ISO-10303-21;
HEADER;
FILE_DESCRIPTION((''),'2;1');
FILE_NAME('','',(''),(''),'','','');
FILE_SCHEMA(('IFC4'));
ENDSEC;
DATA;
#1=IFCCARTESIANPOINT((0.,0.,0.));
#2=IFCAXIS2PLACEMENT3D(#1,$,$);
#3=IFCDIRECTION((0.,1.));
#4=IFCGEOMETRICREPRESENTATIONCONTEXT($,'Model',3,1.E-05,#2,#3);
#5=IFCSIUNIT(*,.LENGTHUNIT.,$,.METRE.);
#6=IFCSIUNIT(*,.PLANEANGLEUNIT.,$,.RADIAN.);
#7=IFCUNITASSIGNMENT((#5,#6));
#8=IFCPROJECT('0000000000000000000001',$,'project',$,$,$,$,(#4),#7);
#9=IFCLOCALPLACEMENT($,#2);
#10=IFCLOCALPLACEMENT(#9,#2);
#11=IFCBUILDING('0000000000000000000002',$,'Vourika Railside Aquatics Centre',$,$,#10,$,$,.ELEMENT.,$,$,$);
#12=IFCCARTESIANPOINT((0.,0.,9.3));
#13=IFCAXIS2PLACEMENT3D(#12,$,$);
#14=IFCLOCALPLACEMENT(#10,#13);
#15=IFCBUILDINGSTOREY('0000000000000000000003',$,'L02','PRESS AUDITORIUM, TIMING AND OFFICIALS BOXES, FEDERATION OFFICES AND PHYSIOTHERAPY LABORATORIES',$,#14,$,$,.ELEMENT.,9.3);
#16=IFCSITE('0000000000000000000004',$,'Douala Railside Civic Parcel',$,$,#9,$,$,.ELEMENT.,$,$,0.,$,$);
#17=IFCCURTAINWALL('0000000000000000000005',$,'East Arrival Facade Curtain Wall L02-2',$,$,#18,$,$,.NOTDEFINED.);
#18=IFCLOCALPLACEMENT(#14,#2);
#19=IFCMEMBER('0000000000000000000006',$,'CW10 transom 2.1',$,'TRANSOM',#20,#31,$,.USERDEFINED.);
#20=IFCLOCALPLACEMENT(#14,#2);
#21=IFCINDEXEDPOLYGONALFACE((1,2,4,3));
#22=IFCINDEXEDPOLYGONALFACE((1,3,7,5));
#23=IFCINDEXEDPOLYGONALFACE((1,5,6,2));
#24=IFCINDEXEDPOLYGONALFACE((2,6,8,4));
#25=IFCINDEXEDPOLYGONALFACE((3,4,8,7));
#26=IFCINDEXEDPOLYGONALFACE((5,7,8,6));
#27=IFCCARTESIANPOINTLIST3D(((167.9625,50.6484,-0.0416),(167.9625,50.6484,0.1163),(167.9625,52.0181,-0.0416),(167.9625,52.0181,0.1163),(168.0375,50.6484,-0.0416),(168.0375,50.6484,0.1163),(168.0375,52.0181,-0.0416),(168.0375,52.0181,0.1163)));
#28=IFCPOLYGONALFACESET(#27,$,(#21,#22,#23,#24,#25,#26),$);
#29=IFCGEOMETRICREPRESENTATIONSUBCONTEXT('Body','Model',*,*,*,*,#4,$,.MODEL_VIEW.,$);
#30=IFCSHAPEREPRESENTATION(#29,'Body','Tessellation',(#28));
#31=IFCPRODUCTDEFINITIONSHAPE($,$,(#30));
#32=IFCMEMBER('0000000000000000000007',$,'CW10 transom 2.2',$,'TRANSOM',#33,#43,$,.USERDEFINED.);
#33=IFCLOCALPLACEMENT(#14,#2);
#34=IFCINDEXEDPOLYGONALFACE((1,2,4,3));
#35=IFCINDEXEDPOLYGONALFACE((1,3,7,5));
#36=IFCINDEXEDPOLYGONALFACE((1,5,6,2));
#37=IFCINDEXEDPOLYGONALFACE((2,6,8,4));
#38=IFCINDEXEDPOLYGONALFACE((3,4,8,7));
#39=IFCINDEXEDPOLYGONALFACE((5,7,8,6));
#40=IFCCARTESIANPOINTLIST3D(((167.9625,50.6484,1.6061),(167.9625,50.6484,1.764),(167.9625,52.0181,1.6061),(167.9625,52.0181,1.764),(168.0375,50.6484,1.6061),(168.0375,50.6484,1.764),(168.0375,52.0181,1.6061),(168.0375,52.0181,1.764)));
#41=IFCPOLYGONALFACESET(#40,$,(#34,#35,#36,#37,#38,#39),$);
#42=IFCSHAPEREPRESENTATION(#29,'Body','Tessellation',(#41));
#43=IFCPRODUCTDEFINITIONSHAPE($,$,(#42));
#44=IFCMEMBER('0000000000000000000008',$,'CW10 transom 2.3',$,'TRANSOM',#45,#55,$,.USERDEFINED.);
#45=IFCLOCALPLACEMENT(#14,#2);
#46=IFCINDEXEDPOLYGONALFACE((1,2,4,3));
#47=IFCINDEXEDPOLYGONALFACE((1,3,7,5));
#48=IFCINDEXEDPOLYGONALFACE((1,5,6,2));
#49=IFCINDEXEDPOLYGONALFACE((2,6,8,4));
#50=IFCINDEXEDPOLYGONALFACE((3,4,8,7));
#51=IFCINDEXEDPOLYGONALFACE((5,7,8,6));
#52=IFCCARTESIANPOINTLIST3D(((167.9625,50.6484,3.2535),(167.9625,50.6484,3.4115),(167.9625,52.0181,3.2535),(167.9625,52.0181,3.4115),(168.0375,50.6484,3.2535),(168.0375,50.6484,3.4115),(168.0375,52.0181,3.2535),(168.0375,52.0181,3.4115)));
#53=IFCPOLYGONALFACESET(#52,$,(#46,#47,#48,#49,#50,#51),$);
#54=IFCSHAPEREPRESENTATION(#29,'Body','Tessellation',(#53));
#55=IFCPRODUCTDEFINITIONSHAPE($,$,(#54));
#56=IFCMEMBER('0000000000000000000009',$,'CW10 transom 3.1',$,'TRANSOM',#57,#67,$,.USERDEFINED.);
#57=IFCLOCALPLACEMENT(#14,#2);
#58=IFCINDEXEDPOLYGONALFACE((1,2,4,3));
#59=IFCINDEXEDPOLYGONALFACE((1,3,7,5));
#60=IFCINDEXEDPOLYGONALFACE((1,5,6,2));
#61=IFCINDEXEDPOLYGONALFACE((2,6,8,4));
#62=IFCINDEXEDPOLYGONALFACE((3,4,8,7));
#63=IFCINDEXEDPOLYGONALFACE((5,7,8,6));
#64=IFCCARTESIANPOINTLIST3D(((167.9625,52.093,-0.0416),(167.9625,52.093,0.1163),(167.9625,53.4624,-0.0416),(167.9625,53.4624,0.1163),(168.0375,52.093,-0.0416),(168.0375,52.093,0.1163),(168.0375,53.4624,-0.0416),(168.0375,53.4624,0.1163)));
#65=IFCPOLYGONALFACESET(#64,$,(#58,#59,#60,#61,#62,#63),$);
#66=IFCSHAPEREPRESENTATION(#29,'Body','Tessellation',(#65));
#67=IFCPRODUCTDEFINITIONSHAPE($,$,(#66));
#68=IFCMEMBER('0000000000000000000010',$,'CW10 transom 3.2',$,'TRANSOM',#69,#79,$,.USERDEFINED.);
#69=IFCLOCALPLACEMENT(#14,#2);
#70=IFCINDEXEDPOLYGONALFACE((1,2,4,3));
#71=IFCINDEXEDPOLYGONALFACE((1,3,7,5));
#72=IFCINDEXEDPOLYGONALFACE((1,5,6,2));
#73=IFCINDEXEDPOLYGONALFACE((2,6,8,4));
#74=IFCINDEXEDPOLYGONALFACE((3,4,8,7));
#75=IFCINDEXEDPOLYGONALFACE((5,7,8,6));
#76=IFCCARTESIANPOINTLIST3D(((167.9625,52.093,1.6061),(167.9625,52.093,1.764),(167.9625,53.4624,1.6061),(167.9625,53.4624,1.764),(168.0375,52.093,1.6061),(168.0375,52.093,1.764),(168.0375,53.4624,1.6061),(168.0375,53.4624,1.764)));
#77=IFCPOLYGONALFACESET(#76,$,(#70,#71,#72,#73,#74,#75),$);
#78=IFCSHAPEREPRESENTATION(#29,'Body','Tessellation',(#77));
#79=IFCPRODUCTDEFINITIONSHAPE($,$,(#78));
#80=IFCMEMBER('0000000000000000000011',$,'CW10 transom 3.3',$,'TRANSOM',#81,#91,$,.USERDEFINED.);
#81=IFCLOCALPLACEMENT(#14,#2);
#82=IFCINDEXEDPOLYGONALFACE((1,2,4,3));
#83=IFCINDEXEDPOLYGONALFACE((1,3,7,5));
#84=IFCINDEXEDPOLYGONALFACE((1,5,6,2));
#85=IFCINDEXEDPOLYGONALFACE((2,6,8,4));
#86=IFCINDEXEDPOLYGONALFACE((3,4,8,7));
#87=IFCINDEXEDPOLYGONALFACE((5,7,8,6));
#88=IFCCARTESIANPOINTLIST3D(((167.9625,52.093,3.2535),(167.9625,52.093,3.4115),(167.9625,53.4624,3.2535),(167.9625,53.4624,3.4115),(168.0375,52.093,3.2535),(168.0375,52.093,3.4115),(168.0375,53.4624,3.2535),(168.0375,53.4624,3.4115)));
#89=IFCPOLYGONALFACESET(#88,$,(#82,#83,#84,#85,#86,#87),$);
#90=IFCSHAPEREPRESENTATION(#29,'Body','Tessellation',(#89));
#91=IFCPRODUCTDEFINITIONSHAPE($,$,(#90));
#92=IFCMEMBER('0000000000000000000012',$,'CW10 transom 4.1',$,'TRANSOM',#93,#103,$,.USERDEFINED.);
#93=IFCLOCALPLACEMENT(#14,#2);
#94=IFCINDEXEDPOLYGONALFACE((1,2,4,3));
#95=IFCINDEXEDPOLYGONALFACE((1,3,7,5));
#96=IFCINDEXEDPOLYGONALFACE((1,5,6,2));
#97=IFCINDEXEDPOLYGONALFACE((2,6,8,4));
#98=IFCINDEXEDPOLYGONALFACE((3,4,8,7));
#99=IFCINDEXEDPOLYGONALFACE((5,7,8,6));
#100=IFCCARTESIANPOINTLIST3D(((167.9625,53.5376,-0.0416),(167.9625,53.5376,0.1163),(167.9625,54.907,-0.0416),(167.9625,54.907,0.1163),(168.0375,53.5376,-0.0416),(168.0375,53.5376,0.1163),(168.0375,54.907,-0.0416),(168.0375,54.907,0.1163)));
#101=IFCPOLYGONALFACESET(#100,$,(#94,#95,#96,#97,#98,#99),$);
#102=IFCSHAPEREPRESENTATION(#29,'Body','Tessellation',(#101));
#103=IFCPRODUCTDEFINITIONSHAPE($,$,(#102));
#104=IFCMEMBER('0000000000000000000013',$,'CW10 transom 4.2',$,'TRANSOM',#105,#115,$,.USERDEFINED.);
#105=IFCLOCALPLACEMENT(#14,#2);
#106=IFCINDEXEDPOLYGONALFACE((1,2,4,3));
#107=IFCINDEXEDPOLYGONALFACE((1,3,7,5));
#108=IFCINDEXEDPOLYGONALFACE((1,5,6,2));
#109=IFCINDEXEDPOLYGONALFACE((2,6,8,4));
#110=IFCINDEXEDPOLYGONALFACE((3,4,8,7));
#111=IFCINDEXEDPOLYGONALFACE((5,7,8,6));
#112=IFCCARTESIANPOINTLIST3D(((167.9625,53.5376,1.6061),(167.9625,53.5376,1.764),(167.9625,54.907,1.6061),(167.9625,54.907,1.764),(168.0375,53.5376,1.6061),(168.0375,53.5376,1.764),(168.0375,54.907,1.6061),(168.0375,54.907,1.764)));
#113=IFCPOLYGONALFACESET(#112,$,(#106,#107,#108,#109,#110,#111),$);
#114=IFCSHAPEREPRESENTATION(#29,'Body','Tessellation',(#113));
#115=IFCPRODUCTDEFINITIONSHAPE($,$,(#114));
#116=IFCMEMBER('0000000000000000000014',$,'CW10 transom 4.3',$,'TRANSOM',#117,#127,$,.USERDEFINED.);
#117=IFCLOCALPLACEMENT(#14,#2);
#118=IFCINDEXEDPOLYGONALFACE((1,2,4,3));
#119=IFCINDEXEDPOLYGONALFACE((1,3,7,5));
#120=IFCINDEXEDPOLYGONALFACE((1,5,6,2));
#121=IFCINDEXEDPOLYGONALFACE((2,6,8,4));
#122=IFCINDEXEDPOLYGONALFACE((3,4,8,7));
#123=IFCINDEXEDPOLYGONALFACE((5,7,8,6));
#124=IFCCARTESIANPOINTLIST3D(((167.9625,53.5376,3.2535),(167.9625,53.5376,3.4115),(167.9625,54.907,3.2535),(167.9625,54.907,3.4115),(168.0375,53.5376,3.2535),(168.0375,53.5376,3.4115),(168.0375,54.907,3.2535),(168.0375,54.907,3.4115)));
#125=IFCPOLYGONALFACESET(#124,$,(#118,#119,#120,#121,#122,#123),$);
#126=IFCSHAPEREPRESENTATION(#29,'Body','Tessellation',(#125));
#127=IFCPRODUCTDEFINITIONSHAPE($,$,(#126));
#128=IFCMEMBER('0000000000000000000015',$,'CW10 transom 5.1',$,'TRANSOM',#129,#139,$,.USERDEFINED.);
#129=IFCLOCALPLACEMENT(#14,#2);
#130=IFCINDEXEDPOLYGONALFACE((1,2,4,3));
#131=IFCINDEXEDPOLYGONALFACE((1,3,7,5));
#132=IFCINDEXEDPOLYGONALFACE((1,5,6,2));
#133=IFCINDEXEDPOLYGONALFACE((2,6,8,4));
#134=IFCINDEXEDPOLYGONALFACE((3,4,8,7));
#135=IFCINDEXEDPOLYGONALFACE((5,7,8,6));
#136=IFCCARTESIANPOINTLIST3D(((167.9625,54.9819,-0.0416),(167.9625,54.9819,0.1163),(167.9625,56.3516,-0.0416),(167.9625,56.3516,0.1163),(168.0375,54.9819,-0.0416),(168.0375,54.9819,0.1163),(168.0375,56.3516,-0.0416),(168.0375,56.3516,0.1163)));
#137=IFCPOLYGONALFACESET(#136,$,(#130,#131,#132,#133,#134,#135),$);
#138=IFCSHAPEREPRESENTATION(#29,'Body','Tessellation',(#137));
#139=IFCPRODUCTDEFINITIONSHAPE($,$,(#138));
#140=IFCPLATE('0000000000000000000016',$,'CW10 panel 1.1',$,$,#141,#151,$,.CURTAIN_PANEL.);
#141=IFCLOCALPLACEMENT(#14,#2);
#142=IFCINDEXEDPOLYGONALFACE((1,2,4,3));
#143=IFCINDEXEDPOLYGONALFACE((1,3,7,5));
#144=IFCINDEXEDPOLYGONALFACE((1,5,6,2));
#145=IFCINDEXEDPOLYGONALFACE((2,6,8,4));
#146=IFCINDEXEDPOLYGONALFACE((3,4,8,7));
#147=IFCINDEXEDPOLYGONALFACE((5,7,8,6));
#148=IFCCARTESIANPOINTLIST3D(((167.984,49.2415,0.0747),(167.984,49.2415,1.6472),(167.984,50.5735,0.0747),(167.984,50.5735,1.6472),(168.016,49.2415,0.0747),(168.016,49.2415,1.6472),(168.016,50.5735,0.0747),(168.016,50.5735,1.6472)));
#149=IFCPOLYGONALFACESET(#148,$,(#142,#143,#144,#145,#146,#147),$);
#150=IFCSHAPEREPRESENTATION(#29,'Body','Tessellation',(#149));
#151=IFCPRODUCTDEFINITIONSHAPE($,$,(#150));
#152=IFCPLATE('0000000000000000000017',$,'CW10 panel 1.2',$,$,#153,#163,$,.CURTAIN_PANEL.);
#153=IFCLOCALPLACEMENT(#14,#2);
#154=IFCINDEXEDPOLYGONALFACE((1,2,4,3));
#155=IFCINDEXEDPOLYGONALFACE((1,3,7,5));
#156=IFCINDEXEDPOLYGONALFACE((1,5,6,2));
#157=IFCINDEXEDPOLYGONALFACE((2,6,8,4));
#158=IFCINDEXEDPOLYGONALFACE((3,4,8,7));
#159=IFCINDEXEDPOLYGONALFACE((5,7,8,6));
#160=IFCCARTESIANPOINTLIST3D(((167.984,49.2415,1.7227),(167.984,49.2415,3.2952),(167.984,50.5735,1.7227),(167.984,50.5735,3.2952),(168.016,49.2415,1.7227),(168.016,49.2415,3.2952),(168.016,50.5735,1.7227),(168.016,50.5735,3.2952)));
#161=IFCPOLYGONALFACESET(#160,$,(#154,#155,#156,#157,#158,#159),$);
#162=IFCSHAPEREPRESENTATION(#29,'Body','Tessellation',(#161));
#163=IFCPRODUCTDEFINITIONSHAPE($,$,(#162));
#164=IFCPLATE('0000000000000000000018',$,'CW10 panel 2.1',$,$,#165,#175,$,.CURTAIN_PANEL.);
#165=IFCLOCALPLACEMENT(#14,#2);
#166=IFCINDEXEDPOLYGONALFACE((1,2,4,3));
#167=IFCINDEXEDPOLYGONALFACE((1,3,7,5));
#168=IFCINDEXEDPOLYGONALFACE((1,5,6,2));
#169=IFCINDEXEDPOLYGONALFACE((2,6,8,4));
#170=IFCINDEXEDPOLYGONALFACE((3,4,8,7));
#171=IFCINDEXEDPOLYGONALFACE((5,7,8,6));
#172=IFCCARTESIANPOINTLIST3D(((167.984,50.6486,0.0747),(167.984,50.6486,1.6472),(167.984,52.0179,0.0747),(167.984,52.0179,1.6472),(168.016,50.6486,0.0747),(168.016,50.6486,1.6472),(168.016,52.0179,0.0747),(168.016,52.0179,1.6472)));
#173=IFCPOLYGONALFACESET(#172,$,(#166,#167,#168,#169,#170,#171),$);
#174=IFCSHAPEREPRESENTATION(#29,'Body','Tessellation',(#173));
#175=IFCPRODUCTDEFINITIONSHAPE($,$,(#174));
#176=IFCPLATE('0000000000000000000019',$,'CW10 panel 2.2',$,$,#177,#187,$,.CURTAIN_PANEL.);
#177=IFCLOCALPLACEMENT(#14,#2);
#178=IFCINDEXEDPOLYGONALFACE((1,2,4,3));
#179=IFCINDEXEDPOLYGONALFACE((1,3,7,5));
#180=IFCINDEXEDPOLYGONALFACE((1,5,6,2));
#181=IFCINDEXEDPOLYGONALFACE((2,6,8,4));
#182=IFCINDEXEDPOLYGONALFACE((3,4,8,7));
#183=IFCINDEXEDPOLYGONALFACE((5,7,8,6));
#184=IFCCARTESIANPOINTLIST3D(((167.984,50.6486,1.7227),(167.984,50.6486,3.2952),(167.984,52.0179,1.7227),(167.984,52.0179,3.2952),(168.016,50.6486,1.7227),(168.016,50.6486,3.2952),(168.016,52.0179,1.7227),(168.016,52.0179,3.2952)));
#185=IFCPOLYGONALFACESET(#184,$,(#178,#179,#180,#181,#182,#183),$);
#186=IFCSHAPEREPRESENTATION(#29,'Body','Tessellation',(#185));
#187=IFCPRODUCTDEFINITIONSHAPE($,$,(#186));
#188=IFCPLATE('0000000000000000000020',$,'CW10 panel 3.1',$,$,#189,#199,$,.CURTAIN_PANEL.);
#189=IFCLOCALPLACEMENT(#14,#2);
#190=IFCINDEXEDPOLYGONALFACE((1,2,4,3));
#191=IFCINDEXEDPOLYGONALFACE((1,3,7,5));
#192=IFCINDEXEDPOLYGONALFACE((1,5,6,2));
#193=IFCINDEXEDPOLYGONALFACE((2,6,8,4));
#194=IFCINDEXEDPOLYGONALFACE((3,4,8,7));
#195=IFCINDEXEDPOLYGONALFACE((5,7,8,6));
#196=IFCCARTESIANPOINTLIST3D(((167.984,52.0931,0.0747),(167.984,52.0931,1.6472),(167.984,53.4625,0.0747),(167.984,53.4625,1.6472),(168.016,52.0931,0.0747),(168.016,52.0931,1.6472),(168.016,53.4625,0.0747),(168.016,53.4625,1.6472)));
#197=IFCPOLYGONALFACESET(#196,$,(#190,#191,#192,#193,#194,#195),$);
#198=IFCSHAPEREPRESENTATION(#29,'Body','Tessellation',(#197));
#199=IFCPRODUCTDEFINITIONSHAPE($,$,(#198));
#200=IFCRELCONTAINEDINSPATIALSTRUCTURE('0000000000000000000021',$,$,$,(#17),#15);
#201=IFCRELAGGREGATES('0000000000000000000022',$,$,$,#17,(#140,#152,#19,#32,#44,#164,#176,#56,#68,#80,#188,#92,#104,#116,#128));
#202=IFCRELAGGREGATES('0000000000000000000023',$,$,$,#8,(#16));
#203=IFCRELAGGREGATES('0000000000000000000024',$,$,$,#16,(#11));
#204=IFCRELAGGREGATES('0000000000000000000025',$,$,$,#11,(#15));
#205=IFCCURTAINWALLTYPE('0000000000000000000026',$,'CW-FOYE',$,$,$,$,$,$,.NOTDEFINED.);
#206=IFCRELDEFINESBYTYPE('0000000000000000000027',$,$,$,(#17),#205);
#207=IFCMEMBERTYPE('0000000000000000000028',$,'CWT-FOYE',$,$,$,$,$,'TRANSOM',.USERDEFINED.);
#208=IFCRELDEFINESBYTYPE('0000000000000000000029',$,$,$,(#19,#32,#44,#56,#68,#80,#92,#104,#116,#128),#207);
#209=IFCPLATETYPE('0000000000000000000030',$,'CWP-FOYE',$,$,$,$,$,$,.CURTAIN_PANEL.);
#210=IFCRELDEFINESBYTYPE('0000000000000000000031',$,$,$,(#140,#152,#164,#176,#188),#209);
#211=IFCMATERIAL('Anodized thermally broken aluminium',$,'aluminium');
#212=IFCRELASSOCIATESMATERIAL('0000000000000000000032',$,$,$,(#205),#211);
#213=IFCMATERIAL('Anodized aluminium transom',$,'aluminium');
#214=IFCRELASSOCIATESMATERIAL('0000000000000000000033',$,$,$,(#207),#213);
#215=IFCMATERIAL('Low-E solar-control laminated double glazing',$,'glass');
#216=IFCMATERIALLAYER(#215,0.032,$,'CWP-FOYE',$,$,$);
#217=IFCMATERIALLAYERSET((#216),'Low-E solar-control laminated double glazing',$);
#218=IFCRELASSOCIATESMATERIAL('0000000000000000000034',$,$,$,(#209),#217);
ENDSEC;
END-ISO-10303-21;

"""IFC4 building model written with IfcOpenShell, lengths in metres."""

from ifc_helpers import new_model, si_unit, direction, frame, origin, origin_2d, place, context, subcontext, project, spatial, rectangle, extrude, material, layer, layer_set, material_profile, profile_set, type_object, element, aggregate, save


model = new_model("IFC4")

# Units and contexts
model_context = context("Model", 3, precision=1e-05, world=origin(), true_north=direction((0.0, 1.0)))
body_context = subcontext(model_context, "Body", "Model", "MODEL_VIEW")
ifc_project = project(units=[si_unit("LENGTHUNIT", "METRE"), si_unit("PLANEANGLEUNIT", "RADIAN")], contexts=[model_context])

# Site, building, storey
site_placement = place(None, origin())
site = spatial("IfcSite", under=ifc_project, at=site_placement, Name="Douala Railside Civic Parcel", CompositionType="ELEMENT", RefElevation=0.0)
building_placement = place(site_placement, origin())
building = spatial("IfcBuilding", under=site, at=building_placement, Name="Vourika Railside Aquatics Centre", CompositionType="ELEMENT")
storey_placement = place(building_placement, frame((0.0, 0.0, 9.3)))
storey = spatial("IfcBuildingStorey", under=building, at=storey_placement, Name="L02", Description="PRESS AUDITORIUM, TIMING AND OFFICIALS BOXES, FEDERATION OFFICES AND PHYSIOTHERAPY LABORATORIES", CompositionType="ELEMENT", Elevation=9.3)

# Curtain wall, members, plates
ifc_material_1 = material(Name="Anodized thermally broken aluminium", Category="aluminium")
curtain_wall_type = type_object("IfcCurtainWallType", Name="CW-FOYE", PredefinedType="NOTDEFINED", material=ifc_material_1)
curtain_wall_placement = place(storey_placement, origin())
curtain_wall = element("IfcCurtainWall", 1, at=curtain_wall_placement, inside=storey, type_object=curtain_wall_type, Name="East Arrival Facade Curtain Wall L02-2", PredefinedType="NOTDEFINED")
ifc_material_2 = material(Name="Anodized aluminium transom", Category="aluminium")
ifc_material_profile_1 = material_profile(ifc_material_2, rectangle(XDim=0.075, YDim=0.158, at=origin_2d()), Name="ALU-T 75x158")
ifc_profile_set_1 = profile_set([ifc_material_profile_1], Name="Anodized aluminium transom")
member_type_1 = type_object("IfcMemberType", Name="CWT-FOYE", ElementType="TRANSOM", PredefinedType="USERDEFINED", material=ifc_profile_set_1)
member_1_placement = place(storey_placement, frame((168.0, 50.6484, 0.0374), z_axis=(0.0, 1.0, 0.0), x_axis=(-1.0, 0.0, 0.0)))
member_1 = element("IfcMember", 2, at=member_1_placement, type_object=member_type_1, Name="CW10 transom 2.1", ObjectType="TRANSOM", PredefinedType="USERDEFINED", context=body_context, shape_type="SweptSolid", body=[
    extrude(rectangle(XDim=0.075, YDim=0.158, at=origin_2d()), origin(), (0.0, 0.0, 1.0), 1.3696),
])
member_2_placement = place(storey_placement, frame((168.0, 50.6484, 1.6851), z_axis=(0.0, 1.0, 0.0), x_axis=(-1.0, 0.0, 0.0)))
member_2 = element("IfcMember", 3, at=member_2_placement, type_object=member_type_1, Name="CW10 transom 2.2", ObjectType="TRANSOM", PredefinedType="USERDEFINED", context=body_context, shape_type="SweptSolid", body=[
    extrude(rectangle(XDim=0.075, YDim=0.158, at=origin_2d()), origin(), (0.0, 0.0, 1.0), 1.3696),
])
member_3_placement = place(storey_placement, frame((168.0, 50.6484, 3.3325), z_axis=(0.0, 1.0, 0.0), x_axis=(-1.0, 0.0, 0.0)))
member_3 = element("IfcMember", 4, at=member_3_placement, type_object=member_type_1, Name="CW10 transom 2.3", ObjectType="TRANSOM", PredefinedType="USERDEFINED", context=body_context, shape_type="SweptSolid", body=[
    extrude(rectangle(XDim=0.075, YDim=0.158, at=origin_2d()), origin(), (0.0, 0.0, 1.0), 1.3696),
])
member_4_placement = place(storey_placement, frame((168.0, 52.093, 0.0374), z_axis=(0.0, 1.0, 0.0), x_axis=(-1.0, 0.0, 0.0)))
member_4 = element("IfcMember", 5, at=member_4_placement, type_object=member_type_1, Name="CW10 transom 3.1", ObjectType="TRANSOM", PredefinedType="USERDEFINED", context=body_context, shape_type="SweptSolid", body=[
    extrude(rectangle(XDim=0.075, YDim=0.158, at=origin_2d()), origin(), (0.0, 0.0, 1.0), 1.3694),
])
member_5_placement = place(storey_placement, frame((168.0, 52.093, 1.6851), z_axis=(0.0, 1.0, 0.0), x_axis=(-1.0, 0.0, 0.0)))
member_5 = element("IfcMember", 6, at=member_5_placement, type_object=member_type_1, Name="CW10 transom 3.2", ObjectType="TRANSOM", PredefinedType="USERDEFINED", context=body_context, shape_type="SweptSolid", body=[
    extrude(rectangle(XDim=0.075, YDim=0.158, at=origin_2d()), origin(), (0.0, 0.0, 1.0), 1.3694),
])
member_6_placement = place(storey_placement, frame((168.0, 52.093, 3.3325), z_axis=(0.0, 1.0, 0.0), x_axis=(-1.0, 0.0, 0.0)))
member_6 = element("IfcMember", 7, at=member_6_placement, type_object=member_type_1, Name="CW10 transom 3.3", ObjectType="TRANSOM", PredefinedType="USERDEFINED", context=body_context, shape_type="SweptSolid", body=[
    extrude(rectangle(XDim=0.075, YDim=0.158, at=origin_2d()), origin(), (0.0, 0.0, 1.0), 1.3694),
])
member_7_placement = place(storey_placement, frame((168.0, 53.5376, 0.0374), z_axis=(0.0, 1.0, 0.0), x_axis=(-1.0, 0.0, 0.0)))
member_7 = element("IfcMember", 8, at=member_7_placement, type_object=member_type_1, Name="CW10 transom 4.1", ObjectType="TRANSOM", PredefinedType="USERDEFINED", context=body_context, shape_type="SweptSolid", body=[
    extrude(rectangle(XDim=0.075, YDim=0.158, at=origin_2d()), origin(), (0.0, 0.0, 1.0), 1.3694),
])
member_8_placement = place(storey_placement, frame((168.0, 53.5376, 1.6851), z_axis=(0.0, 1.0, 0.0), x_axis=(-1.0, 0.0, 0.0)))
member_8 = element("IfcMember", 9, at=member_8_placement, type_object=member_type_1, Name="CW10 transom 4.2", ObjectType="TRANSOM", PredefinedType="USERDEFINED", context=body_context, shape_type="SweptSolid", body=[
    extrude(rectangle(XDim=0.075, YDim=0.158, at=origin_2d()), origin(), (0.0, 0.0, 1.0), 1.3694),
])
member_9_placement = place(storey_placement, frame((168.0, 53.5376, 3.3325), z_axis=(0.0, 1.0, 0.0), x_axis=(-1.0, 0.0, 0.0)))
member_9 = element("IfcMember", 10, at=member_9_placement, type_object=member_type_1, Name="CW10 transom 4.3", ObjectType="TRANSOM", PredefinedType="USERDEFINED", context=body_context, shape_type="SweptSolid", body=[
    extrude(rectangle(XDim=0.075, YDim=0.158, at=origin_2d()), origin(), (0.0, 0.0, 1.0), 1.3694),
])
member_10_placement = place(storey_placement, frame((168.0, 54.9819, 0.0374), z_axis=(0.0, 1.0, 0.0), x_axis=(-1.0, 0.0, 0.0)))
member_10 = element("IfcMember", 11, at=member_10_placement, type_object=member_type_1, Name="CW10 transom 5.1", ObjectType="TRANSOM", PredefinedType="USERDEFINED", context=body_context, shape_type="SweptSolid", body=[
    extrude(rectangle(XDim=0.075, YDim=0.158, at=origin_2d()), origin(), (0.0, 0.0, 1.0), 1.3696),
])
ifc_material_3 = material(Name="Low-E solar-control laminated double glazing", Category="glass")
ifc_layer_1 = layer(ifc_material_3, 0.032, Name="CWP-FOYE")
ifc_layer_set_1 = layer_set([ifc_layer_1], Name="Low-E solar-control laminated double glazing")
plate_type = type_object("IfcPlateType", Name="CWP-FOYE", PredefinedType="CURTAIN_PANEL", material=ifc_layer_set_1)
plate_1_placement = place(storey_placement, frame((168.0, 49.9075, 0.0747), z_axis=(0.0, 0.0, 1.0), x_axis=(0.0, 1.0, 0.0)))
plate_1 = element("IfcPlate", 12, at=plate_1_placement, type_object=plate_type, Name="CW10 panel 1.1", PredefinedType="CURTAIN_PANEL", context=body_context, shape_type="SweptSolid", body=[
    extrude(rectangle(XDim=1.332, YDim=0.032, at=origin_2d()), origin(), (0.0, 0.0, 1.0), 1.5725),
])
plate_2_placement = place(storey_placement, frame((168.0, 49.9075, 1.7227), z_axis=(0.0, 0.0, 1.0), x_axis=(0.0, 1.0, 0.0)))
plate_2 = element("IfcPlate", 13, at=plate_2_placement, type_object=plate_type, Name="CW10 panel 1.2", PredefinedType="CURTAIN_PANEL", context=body_context, shape_type="SweptSolid", body=[
    extrude(rectangle(XDim=1.332, YDim=0.032, at=origin_2d()), origin(), (0.0, 0.0, 1.0), 1.5725),
])
plate_3_placement = place(storey_placement, frame((168.0, 51.3333, 0.0747), z_axis=(0.0, 0.0, 1.0), x_axis=(0.0, 1.0, 0.0)))
plate_3 = element("IfcPlate", 14, at=plate_3_placement, type_object=plate_type, Name="CW10 panel 2.1", PredefinedType="CURTAIN_PANEL", context=body_context, shape_type="SweptSolid", body=[
    extrude(rectangle(XDim=1.3694, YDim=0.032, at=origin_2d()), origin(), (0.0, 0.0, 1.0), 1.5725),
])
plate_4_placement = place(storey_placement, frame((168.0, 51.3333, 1.7227), z_axis=(0.0, 0.0, 1.0), x_axis=(0.0, 1.0, 0.0)))
plate_4 = element("IfcPlate", 15, at=plate_4_placement, type_object=plate_type, Name="CW10 panel 2.2", PredefinedType="CURTAIN_PANEL", context=body_context, shape_type="SweptSolid", body=[
    extrude(rectangle(XDim=1.3694, YDim=0.032, at=origin_2d()), origin(), (0.0, 0.0, 1.0), 1.5725),
])
plate_5_placement = place(storey_placement, frame((168.0, 52.7778, 0.0747), z_axis=(0.0, 0.0, 1.0), x_axis=(0.0, 1.0, 0.0)))
plate_5 = element("IfcPlate", 16, at=plate_5_placement, type_object=plate_type, Name="CW10 panel 3.1", PredefinedType="CURTAIN_PANEL", context=body_context, shape_type="SweptSolid", body=[
    extrude(rectangle(XDim=1.3694, YDim=0.032, at=origin_2d()), origin(), (0.0, 0.0, 1.0), 1.5725),
])
aggregate(curtain_wall, [plate_1, plate_2, member_1, member_2, member_3, plate_3, plate_4, member_4, member_5, member_6, plate_5, member_7, member_8, member_9, member_10])

save(model, "model.ifc")
